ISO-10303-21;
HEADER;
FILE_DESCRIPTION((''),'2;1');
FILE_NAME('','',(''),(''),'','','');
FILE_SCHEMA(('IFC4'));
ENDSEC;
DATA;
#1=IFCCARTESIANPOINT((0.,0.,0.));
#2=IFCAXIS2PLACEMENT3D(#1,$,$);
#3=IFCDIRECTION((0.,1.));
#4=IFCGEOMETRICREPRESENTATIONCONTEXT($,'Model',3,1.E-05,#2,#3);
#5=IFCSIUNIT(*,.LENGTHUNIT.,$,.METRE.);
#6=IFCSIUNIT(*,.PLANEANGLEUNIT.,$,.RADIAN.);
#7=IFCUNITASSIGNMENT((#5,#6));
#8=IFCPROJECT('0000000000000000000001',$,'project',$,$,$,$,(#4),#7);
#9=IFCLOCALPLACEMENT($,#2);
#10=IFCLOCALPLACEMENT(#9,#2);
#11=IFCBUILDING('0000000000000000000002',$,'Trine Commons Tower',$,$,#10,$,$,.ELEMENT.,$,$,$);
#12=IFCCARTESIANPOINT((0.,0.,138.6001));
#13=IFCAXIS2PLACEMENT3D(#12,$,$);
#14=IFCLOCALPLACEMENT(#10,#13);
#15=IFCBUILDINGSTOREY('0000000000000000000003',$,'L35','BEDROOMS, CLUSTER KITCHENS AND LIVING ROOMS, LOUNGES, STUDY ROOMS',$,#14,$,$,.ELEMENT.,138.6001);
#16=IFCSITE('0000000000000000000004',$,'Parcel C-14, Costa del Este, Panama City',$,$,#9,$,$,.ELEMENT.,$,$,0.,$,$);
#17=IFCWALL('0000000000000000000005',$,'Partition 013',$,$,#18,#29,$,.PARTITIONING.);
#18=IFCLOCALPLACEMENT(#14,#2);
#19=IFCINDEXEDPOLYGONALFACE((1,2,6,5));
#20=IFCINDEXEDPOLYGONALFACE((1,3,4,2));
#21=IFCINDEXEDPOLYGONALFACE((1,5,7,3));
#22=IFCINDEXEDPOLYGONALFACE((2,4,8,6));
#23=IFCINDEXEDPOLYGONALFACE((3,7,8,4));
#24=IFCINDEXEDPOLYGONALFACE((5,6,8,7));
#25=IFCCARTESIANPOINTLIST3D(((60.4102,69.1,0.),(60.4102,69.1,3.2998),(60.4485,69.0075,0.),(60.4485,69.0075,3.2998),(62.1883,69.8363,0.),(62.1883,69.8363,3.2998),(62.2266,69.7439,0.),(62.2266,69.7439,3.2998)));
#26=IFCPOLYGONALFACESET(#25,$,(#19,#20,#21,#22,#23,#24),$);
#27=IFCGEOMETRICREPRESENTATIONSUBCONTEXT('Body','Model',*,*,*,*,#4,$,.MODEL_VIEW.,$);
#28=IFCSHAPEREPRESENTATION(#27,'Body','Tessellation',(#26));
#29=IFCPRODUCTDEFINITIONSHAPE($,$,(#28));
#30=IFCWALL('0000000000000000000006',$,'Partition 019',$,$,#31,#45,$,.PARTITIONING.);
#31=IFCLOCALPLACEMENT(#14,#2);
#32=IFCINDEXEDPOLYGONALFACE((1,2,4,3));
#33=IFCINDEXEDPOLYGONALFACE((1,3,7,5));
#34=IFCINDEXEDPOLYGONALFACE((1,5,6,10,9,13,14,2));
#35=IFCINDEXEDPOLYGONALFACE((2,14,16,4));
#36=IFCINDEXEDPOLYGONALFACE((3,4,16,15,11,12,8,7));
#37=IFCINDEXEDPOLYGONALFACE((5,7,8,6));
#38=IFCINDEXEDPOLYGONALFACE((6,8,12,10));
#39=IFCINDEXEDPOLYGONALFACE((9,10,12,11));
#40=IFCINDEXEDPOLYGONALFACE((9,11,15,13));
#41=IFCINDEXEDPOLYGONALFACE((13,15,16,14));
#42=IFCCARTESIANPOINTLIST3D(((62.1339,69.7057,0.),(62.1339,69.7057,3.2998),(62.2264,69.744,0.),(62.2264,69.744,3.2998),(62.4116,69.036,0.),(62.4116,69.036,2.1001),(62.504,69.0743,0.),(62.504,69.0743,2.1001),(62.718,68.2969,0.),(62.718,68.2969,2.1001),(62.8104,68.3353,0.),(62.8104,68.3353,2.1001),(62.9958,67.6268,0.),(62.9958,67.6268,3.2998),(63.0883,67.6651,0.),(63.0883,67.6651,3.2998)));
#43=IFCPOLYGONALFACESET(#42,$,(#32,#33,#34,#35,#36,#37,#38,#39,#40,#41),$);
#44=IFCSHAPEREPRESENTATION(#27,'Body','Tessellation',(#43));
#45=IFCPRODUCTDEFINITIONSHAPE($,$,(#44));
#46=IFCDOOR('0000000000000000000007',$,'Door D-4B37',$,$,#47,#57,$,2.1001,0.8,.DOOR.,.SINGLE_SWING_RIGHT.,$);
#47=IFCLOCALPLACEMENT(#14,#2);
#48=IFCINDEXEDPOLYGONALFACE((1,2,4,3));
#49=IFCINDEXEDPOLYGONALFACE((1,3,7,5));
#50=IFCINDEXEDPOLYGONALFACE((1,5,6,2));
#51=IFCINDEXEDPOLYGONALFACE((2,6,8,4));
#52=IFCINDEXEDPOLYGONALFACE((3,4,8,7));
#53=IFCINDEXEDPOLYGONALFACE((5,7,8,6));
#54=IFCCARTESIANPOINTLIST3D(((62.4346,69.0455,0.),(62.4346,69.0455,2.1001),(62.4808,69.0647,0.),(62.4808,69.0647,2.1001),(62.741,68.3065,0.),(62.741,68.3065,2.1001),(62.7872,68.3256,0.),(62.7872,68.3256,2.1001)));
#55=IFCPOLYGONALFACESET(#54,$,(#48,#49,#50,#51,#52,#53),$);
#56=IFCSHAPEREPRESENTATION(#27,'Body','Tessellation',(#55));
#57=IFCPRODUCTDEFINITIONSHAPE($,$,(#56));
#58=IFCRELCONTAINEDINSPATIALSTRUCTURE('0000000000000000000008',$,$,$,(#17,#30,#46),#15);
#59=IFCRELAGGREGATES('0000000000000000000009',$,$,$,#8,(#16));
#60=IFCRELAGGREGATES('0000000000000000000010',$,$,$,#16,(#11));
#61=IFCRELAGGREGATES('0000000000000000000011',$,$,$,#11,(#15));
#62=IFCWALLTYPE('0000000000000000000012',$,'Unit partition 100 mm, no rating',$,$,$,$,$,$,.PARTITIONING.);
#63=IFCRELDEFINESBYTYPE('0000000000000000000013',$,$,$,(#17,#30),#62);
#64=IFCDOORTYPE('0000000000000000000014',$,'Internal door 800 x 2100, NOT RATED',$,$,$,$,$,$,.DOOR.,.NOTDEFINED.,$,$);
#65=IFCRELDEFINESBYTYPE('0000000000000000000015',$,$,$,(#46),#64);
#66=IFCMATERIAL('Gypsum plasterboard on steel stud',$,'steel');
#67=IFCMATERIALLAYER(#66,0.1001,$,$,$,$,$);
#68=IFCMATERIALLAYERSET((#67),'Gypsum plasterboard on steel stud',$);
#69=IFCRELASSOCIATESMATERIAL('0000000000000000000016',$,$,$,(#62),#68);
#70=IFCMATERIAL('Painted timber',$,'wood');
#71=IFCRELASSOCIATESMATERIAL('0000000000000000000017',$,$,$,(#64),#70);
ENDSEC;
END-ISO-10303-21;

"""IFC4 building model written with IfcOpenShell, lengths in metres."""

from ifc_helpers import new_model, si_unit, direction, frame, frame_2d, origin, place, context, subcontext, project, spatial, rectangle, extrude, material, layer, layer_set, type_object, element, fill, save


model = new_model("IFC4")

# Units and contexts
model_context = context("Model", 3, precision=1e-05, world=origin(), true_north=direction((0.0, 1.0)))
body_context = subcontext(model_context, "Body", "Model", "MODEL_VIEW")
ifc_project = project(units=[si_unit("LENGTHUNIT", "METRE"), si_unit("PLANEANGLEUNIT", "RADIAN")], contexts=[model_context])

# Site, building, storey
site_placement = place(None, origin())
site = spatial("IfcSite", under=ifc_project, at=site_placement, Name="Parcel C-14, Costa del Este, Panama City", CompositionType="ELEMENT", RefElevation=0.0)
building_placement = place(site_placement, origin())
building = spatial("IfcBuilding", under=site, at=building_placement, Name="Trine Commons Tower", CompositionType="ELEMENT")
storey_placement = place(building_placement, frame((0.0, 0.0, 138.6001)))
storey = spatial("IfcBuildingStorey", under=building, at=storey_placement, Name="L35", Description="BEDROOMS, CLUSTER KITCHENS AND LIVING ROOMS, LOUNGES, STUDY ROOMS", CompositionType="ELEMENT", Elevation=138.6001)

# Shared definitions
ifc_material_1 = material(Name="Gypsum plasterboard on steel stud", Category="steel")

# Shared definitions
ifc_layer_1 = layer(ifc_material_1, 0.1001)
ifc_layer_set_1 = layer_set([ifc_layer_1], Name="Gypsum plasterboard on steel stud")
wall_type_1 = type_object("IfcWallType", Name="Unit partition 100 mm, no rating", PredefinedType="PARTITIONING", material=ifc_layer_set_1)
ifc_material_2 = material(Name="Painted timber", Category="wood")
door_type_1 = type_object("IfcDoorType", Name="Internal door 800 x 2100, NOT RATED", OperationType="NOTDEFINED", PredefinedType="DOOR", material=ifc_material_2)

# Wall
wall_1_placement = place(storey_placement, frame((60.4292, 69.0537, 0.0), z_axis=(0.0, 0.0, 1.0), x_axis=(0.923912, 0.382606, 0.0)))
element("IfcWall", 1, at=wall_1_placement, inside=storey, type_object=wall_type_1, Name="Partition 013", PredefinedType="PARTITIONING", context=body_context, shape_type="SweptSolid", body=[
    extrude(rectangle(XDim=1.9246, YDim=0.1001, at=frame_2d((0.9624, 0.0))), origin(), (0.0, 0.0, 1.0), 3.2998),
])

# Wall, opening, door
wall_2_placement = place(storey_placement, frame((62.1802, 69.7249, 0.0), z_axis=(0.0, 0.0, 1.0), x_axis=(0.382959, -0.923766, 0.0)))
wall_2 = element("IfcWall", 2, at=wall_2_placement, inside=storey, type_object=wall_type_1, Name="Partition 019", PredefinedType="PARTITIONING", context=body_context, shape_type="SweptSolid", body=[
    extrude(rectangle(XDim=2.2505, YDim=0.1001, at=frame_2d((1.1252, 0.0))), origin(), (0.0, 0.0, 1.0), 3.2998),
])
opening_1_placement = place(wall_2_placement, frame((0.7251, 0.0, 0.0)))
opening_1 = element("IfcOpeningElement", 3, at=opening_1_placement, cuts=wall_2, PredefinedType="OPENING", context=body_context, shape_type="SweptSolid", body=[
    extrude(rectangle(XDim=0.8, YDim=2.1001, at=frame_2d((0.3999, 1.05))), frame((0.0, 0.0601, 0.0), z_axis=(0.0, -1.0, 0.0), x_axis=(1.0, 0.0, 0.0)), (0.0, 0.0, 1.0), 0.1201),
])
door_1_placement = place(opening_1_placement, origin())
door_1 = element("IfcDoor", 4, at=door_1_placement, inside=storey, type_object=door_type_1, Name="Door D-4B37", OperationType="SINGLE_SWING_RIGHT", OverallHeight=2.1001, OverallWidth=0.8, PredefinedType="DOOR", context=body_context, shape_type="SweptSolid", body=[
    extrude(rectangle(XDim=0.8, YDim=2.1001, at=frame_2d((0.3999, 1.05))), frame((0.0, 0.0249, 0.0), z_axis=(0.0, -1.0, 0.0), x_axis=(1.0, 0.0, 0.0)), (0.0, 0.0, 1.0), 0.05),
])
fill(opening_1, door_1)

save(model, "model.ifc")
